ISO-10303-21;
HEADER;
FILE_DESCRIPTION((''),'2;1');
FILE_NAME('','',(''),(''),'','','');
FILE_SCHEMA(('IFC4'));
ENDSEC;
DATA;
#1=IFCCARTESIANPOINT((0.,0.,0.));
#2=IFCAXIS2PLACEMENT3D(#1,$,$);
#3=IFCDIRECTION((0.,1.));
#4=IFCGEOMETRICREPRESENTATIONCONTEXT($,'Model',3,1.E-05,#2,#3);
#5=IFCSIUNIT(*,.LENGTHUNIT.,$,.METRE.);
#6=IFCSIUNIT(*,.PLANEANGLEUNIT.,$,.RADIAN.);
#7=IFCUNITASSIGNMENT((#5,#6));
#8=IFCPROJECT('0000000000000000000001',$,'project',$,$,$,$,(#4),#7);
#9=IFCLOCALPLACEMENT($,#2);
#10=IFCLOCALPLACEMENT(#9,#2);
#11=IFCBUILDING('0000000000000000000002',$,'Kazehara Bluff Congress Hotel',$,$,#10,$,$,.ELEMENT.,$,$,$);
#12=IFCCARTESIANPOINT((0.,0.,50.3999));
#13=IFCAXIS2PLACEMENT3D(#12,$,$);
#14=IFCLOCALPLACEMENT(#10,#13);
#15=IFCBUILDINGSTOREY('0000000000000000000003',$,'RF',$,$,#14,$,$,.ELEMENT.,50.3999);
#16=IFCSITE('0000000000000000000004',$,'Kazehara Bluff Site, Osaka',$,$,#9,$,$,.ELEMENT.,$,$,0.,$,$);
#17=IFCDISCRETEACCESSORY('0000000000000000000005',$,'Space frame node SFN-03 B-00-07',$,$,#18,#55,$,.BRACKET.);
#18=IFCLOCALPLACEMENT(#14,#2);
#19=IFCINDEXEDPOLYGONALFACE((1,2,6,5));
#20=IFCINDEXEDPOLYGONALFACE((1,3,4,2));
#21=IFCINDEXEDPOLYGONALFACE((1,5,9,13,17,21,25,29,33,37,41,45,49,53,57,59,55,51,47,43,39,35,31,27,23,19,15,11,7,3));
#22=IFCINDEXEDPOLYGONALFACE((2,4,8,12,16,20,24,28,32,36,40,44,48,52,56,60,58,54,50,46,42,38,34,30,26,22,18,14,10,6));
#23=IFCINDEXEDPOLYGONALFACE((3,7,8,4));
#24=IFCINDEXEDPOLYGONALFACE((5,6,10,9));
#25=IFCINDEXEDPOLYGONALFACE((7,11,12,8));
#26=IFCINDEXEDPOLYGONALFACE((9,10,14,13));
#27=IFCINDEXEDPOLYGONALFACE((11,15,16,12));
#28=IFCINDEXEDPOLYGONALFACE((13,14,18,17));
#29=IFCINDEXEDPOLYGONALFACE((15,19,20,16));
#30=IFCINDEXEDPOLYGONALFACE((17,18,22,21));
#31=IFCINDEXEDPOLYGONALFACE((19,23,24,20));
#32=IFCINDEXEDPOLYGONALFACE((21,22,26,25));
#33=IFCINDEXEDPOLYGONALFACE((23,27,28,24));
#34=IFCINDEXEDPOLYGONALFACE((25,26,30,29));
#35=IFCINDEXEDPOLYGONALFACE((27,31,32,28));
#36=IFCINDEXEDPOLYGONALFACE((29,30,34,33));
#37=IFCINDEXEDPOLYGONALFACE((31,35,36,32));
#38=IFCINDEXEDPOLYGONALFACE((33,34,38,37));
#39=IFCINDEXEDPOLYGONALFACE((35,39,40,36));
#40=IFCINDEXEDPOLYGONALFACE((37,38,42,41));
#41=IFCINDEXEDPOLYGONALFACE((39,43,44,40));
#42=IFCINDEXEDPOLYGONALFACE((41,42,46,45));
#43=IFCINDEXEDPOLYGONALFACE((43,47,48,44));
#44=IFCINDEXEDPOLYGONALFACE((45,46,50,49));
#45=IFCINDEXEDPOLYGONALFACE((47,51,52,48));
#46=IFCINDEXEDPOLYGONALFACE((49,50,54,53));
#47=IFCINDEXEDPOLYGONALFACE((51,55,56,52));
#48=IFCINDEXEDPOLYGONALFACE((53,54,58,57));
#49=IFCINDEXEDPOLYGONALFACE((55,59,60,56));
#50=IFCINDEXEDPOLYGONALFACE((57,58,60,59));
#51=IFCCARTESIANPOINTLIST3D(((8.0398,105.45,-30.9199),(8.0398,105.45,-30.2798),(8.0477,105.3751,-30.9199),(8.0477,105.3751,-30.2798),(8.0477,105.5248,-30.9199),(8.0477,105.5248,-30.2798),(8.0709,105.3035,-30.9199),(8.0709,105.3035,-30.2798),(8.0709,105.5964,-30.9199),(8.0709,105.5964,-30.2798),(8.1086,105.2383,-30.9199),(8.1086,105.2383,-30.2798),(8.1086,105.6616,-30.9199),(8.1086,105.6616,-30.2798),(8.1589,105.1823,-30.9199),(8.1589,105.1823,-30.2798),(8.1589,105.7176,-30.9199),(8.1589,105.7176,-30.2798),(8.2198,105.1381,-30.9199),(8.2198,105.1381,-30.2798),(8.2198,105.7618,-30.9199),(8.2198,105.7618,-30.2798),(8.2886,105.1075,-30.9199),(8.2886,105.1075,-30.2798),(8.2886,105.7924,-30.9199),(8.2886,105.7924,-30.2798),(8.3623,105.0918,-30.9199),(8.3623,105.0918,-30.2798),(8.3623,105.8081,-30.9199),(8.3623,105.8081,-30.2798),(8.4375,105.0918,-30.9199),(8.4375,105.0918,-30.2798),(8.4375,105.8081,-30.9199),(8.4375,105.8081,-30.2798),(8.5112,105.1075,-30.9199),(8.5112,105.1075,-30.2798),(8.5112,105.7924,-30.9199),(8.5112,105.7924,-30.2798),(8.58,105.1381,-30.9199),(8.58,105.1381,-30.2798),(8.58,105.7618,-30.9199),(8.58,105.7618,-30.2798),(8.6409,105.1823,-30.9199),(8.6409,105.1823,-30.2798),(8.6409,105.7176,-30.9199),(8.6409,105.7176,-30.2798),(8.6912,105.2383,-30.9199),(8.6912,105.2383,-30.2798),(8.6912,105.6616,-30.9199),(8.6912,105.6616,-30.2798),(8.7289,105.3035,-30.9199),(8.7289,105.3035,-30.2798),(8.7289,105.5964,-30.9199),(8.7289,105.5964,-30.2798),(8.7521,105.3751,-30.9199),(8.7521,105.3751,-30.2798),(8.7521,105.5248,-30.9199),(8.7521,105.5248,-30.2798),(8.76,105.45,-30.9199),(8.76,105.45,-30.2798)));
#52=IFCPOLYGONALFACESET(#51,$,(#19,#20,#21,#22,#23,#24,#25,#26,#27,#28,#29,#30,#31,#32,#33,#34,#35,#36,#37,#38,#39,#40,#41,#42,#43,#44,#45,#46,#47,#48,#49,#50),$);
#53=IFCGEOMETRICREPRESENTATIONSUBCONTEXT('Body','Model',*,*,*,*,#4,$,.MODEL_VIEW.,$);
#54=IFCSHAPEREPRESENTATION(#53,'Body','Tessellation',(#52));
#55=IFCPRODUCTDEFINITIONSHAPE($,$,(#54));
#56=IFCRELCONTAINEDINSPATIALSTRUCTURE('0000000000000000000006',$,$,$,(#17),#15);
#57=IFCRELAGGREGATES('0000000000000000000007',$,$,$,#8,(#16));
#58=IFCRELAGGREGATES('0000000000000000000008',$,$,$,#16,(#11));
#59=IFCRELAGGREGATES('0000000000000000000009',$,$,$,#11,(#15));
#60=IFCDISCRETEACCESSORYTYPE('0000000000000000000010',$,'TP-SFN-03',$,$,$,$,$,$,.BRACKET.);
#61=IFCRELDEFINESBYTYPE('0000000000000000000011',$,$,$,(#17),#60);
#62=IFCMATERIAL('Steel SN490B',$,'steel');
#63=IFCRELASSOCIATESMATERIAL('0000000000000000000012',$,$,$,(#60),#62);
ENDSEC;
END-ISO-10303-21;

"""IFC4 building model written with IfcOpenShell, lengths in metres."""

from ifc_helpers import new_model, si_unit, direction, frame, origin, origin_2d, place, context, subcontext, project, spatial, circle, extrude, material, material_profile, profile_set, type_object, element, save


model = new_model("IFC4")

# Units and contexts
model_context = context("Model", 3, precision=1e-05, world=origin(), true_north=direction((0.0, 1.0)))
body_context = subcontext(model_context, "Body", "Model", "MODEL_VIEW")
ifc_project = project(units=[si_unit("LENGTHUNIT", "METRE"), si_unit("PLANEANGLEUNIT", "RADIAN")], contexts=[model_context])

# Site, building, storey
site_placement = place(None, origin())
site = spatial("IfcSite", under=ifc_project, at=site_placement, Name="Kazehara Bluff Site, Osaka", CompositionType="ELEMENT", RefElevation=0.0)
building_placement = place(site_placement, origin())
building = spatial("IfcBuilding", under=site, at=building_placement, Name="Kazehara Bluff Congress Hotel", CompositionType="ELEMENT")
storey_placement = place(building_placement, frame((0.0, 0.0, 50.3999)))
storey = spatial("IfcBuildingStorey", under=building, at=storey_placement, Name="RF", CompositionType="ELEMENT", Elevation=50.3999)

# Discrete accessory
ifc_material_1 = material(Name="Steel SN490B", Category="steel")
ifc_material_profile_1 = material_profile(ifc_material_1, circle(Radius=0.3601, at=origin_2d()))
ifc_profile_set_1 = profile_set([ifc_material_profile_1], Name="Steel SN490B")
discrete_accessory_type_1 = type_object("IfcDiscreteAccessoryType", Name="TP-SFN-03", PredefinedType="BRACKET", material=ifc_profile_set_1)
discrete_accessory_1_placement = place(storey_placement, frame((8.3999, 105.45, -30.9199), z_axis=(0.0, 0.0, 1.0), x_axis=(1.0, 0.0, 0.0)))
element("IfcDiscreteAccessory", 1, at=discrete_accessory_1_placement, inside=storey, type_object=discrete_accessory_type_1, Name="Space frame node SFN-03 B-00-07", PredefinedType="BRACKET", context=body_context, shape_type="SweptSolid", body=[
    extrude(circle(Radius=0.3601, at=origin_2d()), origin(), (0.0, 0.0, 1.0), 0.6401),
])

save(model, "model.ifc")
